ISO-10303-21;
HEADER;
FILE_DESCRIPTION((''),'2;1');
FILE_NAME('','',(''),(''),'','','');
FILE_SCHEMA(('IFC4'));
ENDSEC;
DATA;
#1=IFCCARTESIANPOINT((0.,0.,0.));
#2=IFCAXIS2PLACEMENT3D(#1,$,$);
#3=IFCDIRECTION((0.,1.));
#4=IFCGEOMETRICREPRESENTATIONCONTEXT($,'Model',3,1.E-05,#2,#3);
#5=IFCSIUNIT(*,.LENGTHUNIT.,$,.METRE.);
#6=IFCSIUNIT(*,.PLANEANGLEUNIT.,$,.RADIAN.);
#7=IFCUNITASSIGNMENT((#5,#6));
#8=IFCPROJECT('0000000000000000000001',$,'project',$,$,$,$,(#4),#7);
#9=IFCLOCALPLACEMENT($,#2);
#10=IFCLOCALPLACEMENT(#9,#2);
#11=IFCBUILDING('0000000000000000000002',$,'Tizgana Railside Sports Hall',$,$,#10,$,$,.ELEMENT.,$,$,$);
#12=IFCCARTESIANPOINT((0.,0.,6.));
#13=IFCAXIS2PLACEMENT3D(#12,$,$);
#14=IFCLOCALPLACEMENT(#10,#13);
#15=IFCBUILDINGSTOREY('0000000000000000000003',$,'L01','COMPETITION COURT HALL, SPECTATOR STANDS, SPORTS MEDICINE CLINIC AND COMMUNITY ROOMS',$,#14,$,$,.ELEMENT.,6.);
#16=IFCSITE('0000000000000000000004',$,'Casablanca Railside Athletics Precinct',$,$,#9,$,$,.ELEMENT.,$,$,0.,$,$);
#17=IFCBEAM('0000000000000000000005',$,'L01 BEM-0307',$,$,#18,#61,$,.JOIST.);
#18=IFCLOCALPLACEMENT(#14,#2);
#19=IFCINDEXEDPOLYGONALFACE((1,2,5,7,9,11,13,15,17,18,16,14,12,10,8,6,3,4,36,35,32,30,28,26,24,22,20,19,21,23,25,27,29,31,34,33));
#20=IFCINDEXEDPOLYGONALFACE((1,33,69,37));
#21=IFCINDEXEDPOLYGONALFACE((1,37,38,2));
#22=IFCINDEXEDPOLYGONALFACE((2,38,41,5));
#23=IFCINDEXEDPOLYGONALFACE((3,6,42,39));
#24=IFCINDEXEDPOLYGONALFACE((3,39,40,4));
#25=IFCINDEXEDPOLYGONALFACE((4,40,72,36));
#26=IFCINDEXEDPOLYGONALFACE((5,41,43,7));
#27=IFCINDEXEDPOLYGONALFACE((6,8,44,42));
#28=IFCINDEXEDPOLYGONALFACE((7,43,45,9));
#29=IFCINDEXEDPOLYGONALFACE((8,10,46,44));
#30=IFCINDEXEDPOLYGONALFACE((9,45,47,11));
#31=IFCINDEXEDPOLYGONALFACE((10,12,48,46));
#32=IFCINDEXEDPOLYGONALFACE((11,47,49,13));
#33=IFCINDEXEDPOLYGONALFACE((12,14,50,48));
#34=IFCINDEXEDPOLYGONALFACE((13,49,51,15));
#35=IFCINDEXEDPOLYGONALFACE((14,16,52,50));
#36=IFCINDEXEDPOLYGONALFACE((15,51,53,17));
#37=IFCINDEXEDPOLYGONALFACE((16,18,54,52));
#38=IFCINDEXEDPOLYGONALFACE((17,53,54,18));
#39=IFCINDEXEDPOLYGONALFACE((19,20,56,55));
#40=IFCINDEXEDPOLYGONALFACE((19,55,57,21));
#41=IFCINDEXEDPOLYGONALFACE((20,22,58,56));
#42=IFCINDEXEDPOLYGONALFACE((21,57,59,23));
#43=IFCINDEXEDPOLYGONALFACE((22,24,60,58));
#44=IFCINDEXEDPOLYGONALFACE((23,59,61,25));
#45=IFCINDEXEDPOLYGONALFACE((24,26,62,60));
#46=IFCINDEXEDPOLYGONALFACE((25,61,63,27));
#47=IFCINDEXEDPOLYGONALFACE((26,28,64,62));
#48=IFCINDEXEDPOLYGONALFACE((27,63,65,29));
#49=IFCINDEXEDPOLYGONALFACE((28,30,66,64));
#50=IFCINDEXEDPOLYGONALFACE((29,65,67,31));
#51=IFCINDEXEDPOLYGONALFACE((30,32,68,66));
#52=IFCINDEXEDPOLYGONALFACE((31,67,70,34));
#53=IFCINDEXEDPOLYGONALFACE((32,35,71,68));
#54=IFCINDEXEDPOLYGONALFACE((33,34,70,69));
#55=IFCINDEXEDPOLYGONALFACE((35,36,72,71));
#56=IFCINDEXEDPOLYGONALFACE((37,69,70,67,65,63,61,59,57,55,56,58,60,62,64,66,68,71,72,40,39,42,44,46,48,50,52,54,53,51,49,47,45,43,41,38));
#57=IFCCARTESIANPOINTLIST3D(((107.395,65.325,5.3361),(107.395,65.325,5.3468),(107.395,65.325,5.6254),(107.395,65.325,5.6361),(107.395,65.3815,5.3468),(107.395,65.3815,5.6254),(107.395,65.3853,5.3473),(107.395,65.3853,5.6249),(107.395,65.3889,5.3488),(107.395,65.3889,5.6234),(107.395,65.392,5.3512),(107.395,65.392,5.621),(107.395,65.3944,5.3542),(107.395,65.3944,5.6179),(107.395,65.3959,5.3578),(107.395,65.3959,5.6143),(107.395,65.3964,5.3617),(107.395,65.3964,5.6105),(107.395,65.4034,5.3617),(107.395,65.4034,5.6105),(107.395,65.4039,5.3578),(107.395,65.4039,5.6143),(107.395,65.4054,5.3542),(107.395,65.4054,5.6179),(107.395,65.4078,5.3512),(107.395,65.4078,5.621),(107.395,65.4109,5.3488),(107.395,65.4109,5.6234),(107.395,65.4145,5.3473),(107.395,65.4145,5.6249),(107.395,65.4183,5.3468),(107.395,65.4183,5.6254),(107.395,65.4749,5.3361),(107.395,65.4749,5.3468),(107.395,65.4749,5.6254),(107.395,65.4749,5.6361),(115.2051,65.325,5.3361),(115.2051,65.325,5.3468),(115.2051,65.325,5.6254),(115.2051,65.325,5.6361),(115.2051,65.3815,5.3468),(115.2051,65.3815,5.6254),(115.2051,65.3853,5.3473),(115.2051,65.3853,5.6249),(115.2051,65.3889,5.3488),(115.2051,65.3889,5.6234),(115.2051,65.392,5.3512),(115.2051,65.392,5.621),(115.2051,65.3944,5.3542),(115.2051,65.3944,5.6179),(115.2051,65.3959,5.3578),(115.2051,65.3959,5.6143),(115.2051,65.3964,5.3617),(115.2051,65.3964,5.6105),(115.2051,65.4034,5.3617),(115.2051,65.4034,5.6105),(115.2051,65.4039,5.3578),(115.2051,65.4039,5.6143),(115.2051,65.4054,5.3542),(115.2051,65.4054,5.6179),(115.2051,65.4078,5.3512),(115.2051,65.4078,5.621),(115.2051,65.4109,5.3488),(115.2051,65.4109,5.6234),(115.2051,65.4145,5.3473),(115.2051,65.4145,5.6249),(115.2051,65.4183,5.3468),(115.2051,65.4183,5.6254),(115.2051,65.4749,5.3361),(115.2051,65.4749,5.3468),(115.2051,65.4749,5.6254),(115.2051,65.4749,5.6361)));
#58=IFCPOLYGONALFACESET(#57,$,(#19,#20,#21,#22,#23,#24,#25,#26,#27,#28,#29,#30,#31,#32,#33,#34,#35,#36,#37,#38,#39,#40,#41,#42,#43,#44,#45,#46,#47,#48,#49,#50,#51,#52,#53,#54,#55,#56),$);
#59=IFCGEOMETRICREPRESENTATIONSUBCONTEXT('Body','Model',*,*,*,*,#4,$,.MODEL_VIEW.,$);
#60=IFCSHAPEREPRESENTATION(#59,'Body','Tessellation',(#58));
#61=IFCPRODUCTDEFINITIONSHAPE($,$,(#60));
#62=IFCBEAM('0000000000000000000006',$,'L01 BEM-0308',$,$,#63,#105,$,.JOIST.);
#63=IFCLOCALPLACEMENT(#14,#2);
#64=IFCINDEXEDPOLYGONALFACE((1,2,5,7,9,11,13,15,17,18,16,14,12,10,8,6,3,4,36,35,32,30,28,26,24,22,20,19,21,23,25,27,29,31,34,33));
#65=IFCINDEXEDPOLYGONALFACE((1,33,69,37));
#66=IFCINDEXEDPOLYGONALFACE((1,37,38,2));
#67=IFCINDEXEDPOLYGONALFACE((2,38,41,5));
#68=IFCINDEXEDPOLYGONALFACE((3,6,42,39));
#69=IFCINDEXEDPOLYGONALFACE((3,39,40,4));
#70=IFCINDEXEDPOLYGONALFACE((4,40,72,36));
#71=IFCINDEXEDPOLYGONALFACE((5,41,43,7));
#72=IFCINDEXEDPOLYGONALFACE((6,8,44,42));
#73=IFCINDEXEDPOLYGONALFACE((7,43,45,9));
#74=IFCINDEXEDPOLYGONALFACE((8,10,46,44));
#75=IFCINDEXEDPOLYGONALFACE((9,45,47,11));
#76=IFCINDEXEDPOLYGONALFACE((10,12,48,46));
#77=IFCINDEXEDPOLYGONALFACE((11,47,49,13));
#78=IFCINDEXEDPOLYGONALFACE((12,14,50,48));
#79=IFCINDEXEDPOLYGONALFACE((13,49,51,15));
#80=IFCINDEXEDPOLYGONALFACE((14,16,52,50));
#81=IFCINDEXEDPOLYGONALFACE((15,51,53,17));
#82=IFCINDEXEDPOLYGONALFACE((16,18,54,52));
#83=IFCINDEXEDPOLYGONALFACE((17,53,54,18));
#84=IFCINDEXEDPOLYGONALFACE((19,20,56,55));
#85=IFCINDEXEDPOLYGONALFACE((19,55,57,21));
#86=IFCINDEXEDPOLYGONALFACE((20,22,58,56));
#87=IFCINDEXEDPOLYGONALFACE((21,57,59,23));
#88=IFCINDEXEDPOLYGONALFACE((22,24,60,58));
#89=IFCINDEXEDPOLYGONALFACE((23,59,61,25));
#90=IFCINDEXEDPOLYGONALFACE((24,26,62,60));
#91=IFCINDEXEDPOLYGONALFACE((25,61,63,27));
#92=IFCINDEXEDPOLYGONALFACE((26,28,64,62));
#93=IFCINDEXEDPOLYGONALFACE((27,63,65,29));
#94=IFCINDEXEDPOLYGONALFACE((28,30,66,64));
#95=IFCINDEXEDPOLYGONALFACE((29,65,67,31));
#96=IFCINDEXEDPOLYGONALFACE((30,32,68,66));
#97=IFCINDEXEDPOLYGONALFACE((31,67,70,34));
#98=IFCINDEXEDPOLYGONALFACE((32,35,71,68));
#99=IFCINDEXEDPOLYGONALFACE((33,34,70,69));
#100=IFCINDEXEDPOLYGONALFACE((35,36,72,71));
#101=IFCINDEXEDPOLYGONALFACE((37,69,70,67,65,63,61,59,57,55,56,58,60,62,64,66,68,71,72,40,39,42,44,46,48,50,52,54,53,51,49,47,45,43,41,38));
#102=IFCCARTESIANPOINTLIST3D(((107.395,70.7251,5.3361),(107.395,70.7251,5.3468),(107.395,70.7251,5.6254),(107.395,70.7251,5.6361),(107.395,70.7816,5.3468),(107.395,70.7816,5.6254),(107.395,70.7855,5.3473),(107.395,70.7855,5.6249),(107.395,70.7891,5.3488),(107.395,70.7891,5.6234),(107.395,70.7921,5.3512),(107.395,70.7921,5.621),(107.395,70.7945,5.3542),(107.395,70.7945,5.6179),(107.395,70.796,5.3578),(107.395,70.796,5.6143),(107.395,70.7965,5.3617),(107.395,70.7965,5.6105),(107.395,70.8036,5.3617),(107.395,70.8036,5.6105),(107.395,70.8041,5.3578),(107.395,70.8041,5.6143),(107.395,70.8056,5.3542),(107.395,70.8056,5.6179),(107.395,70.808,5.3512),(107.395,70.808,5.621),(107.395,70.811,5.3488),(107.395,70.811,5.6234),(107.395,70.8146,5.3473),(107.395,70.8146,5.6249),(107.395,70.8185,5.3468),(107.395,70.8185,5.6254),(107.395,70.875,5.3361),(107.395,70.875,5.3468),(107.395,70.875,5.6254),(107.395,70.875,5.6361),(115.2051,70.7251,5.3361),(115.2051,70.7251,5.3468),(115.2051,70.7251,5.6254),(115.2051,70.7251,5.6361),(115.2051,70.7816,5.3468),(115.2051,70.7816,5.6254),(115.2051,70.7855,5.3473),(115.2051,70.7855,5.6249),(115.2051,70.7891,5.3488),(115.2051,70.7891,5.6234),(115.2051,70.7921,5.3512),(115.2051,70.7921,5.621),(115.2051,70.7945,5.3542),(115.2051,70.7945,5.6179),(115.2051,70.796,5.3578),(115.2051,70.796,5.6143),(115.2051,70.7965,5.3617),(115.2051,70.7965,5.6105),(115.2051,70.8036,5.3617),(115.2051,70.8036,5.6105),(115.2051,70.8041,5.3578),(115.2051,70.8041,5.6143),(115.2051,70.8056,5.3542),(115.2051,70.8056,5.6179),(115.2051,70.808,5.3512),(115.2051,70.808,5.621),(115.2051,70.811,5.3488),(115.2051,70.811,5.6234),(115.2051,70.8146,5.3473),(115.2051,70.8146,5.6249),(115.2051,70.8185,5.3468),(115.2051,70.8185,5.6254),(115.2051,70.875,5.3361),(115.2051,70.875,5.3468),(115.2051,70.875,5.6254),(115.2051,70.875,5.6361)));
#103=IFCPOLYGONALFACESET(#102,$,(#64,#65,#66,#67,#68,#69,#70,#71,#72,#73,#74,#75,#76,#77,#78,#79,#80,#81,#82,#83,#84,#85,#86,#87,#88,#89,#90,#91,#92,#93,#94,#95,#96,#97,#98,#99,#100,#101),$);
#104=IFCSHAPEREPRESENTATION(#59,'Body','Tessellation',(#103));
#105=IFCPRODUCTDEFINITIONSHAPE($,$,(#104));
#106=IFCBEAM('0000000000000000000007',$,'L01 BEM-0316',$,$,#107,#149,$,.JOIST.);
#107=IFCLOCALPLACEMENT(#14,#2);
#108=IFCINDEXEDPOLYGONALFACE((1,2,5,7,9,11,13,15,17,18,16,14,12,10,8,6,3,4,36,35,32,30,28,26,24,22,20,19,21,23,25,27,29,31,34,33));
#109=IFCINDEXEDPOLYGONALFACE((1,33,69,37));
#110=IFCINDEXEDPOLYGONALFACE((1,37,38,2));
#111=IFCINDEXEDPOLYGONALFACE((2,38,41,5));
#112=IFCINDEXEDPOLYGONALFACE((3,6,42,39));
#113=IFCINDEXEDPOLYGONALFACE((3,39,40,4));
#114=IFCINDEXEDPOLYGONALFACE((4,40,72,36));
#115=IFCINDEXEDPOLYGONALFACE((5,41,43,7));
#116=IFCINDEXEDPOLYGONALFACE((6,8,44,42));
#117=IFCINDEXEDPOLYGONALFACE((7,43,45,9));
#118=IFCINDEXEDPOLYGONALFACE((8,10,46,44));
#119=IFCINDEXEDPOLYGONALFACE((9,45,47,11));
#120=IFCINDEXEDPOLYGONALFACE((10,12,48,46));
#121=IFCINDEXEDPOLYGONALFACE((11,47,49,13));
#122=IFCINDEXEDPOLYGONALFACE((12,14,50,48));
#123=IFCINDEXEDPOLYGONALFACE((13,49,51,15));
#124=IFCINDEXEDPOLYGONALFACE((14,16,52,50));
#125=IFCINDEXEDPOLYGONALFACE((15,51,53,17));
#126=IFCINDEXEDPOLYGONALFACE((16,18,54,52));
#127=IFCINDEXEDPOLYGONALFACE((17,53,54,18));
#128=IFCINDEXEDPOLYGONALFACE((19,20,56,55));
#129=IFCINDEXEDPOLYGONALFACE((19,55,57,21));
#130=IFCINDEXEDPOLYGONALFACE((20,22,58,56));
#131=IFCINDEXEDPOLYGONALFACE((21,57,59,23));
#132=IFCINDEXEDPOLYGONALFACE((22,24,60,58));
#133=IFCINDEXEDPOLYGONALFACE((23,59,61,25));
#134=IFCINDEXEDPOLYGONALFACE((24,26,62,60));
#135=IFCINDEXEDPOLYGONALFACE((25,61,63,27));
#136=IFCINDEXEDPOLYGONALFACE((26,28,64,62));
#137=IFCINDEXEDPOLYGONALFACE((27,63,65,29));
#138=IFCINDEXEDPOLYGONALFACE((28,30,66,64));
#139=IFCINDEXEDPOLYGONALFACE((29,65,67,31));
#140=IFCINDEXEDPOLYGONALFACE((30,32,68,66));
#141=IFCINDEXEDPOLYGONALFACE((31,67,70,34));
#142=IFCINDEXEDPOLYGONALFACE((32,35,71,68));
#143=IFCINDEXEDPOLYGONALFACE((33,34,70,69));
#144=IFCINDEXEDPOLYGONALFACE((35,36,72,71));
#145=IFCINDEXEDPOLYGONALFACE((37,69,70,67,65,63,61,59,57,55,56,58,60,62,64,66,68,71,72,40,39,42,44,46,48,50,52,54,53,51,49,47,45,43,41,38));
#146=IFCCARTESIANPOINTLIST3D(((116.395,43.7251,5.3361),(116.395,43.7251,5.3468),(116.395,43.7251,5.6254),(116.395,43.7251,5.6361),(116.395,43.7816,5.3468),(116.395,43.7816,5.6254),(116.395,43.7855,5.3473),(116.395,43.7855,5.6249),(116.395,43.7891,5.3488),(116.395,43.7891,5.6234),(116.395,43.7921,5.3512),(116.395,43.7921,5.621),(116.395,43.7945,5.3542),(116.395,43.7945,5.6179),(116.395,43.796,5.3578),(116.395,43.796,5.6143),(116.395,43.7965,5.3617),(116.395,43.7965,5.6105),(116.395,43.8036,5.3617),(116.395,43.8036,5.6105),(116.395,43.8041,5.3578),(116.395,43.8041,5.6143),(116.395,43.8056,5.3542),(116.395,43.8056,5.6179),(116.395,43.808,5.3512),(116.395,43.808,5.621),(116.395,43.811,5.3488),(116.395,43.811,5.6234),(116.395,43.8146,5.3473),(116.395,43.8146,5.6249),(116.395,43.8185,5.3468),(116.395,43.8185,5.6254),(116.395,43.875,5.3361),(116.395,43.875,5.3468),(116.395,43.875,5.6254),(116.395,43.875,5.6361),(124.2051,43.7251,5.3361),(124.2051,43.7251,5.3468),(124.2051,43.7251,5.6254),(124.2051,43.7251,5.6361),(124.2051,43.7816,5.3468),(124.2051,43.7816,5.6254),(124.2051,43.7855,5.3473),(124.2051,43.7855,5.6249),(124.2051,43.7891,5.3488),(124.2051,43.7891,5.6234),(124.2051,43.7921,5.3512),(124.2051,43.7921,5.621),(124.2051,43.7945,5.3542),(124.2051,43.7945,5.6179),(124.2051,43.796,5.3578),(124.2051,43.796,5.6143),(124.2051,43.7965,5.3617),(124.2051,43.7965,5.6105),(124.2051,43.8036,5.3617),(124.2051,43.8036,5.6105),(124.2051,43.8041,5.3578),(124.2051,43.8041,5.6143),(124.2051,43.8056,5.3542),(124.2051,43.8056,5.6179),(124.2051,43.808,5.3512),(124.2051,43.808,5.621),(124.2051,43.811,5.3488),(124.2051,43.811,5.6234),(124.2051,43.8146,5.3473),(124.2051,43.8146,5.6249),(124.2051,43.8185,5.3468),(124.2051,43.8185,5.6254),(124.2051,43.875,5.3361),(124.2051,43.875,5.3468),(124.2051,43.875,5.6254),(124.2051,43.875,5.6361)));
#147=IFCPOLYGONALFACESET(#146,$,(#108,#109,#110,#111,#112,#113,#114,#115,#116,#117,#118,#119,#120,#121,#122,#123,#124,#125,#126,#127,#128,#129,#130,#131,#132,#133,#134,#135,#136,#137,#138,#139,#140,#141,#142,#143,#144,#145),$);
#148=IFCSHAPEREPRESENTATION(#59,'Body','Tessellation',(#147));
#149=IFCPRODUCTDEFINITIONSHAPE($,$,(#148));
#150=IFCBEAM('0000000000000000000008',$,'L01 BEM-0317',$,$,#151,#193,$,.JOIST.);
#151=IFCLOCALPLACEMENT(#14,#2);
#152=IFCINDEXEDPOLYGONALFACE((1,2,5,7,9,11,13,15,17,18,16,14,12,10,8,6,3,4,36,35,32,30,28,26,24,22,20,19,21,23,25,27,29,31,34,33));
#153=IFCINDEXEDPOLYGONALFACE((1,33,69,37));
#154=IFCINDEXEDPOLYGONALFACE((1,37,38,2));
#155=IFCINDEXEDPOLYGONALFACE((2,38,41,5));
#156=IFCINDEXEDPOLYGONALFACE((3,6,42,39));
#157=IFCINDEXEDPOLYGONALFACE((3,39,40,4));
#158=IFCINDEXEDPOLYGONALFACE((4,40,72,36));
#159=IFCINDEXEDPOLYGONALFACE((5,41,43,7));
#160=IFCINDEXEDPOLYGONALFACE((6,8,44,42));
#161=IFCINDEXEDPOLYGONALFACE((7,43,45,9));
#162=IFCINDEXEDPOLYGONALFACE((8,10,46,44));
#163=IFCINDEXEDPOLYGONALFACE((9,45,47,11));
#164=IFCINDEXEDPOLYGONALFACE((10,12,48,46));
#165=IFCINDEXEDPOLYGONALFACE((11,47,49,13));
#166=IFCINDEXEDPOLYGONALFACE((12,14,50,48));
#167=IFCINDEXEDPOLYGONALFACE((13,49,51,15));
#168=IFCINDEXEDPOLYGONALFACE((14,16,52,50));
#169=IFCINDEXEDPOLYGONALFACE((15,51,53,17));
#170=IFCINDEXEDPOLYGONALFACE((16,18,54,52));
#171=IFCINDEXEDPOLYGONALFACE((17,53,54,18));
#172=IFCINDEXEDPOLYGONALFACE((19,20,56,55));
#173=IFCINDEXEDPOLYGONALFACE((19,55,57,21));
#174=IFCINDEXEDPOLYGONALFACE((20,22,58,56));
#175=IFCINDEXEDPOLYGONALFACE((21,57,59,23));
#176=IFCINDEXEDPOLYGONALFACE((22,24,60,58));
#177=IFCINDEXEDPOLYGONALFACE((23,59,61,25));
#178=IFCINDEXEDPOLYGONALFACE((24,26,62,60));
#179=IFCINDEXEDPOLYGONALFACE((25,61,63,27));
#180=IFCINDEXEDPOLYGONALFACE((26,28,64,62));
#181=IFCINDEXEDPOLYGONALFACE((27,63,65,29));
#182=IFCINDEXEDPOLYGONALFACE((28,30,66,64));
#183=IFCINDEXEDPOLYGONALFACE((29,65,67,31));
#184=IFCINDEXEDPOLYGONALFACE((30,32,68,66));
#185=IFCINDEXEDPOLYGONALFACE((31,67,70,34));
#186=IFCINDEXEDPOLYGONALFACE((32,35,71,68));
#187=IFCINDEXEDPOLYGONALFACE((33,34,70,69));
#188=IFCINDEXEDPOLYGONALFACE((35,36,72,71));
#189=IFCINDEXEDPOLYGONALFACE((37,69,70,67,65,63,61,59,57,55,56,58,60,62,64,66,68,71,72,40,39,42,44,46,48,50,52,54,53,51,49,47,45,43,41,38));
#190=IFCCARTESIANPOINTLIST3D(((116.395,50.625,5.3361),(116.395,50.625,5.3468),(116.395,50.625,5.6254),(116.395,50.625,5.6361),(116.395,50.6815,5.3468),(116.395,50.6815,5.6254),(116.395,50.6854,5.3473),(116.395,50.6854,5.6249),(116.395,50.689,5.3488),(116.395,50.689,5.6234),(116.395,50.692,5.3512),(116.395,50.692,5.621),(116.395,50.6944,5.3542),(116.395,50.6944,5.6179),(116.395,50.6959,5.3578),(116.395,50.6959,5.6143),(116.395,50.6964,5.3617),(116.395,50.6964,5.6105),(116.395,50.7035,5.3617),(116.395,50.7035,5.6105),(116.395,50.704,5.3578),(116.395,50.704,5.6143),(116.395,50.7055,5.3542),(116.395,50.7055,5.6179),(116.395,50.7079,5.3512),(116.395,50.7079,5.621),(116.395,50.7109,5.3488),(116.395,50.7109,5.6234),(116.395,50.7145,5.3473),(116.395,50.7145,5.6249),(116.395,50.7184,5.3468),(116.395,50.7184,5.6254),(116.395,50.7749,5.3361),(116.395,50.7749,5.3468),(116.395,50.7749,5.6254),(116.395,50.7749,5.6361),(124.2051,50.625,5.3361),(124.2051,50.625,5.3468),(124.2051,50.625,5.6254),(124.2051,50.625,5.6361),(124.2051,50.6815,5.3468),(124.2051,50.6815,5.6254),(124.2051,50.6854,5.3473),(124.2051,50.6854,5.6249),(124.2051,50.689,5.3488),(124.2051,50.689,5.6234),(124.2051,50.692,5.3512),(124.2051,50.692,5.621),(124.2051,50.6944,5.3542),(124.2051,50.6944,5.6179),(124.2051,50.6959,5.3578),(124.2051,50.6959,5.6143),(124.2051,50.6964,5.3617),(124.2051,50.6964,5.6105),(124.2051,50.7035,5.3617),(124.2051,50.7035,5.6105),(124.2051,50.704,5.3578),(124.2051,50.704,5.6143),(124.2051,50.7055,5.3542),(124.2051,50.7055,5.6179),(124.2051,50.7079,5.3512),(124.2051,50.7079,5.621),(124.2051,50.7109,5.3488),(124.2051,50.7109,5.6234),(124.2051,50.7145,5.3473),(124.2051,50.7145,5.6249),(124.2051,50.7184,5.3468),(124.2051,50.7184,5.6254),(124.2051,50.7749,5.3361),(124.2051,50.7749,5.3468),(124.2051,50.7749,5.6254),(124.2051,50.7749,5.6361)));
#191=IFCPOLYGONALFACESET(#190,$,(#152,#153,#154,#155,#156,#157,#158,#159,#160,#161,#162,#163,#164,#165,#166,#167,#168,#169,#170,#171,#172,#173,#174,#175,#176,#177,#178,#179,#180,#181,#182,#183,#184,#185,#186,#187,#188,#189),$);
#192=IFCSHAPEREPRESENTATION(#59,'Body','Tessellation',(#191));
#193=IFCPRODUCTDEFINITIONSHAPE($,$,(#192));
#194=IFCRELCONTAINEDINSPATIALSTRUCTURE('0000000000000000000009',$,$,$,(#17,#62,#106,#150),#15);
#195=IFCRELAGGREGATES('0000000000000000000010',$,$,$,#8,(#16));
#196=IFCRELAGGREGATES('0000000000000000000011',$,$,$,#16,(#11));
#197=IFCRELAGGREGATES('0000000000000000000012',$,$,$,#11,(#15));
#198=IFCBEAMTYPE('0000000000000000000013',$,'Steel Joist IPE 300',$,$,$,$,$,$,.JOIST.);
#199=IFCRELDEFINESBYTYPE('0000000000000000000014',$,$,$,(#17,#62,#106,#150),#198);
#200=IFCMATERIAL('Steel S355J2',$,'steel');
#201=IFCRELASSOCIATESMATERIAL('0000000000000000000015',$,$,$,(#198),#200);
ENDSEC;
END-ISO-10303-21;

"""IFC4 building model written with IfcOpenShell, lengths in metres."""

from ifc_helpers import new_model, si_unit, direction, frame, origin, origin_2d, place, context, subcontext, project, spatial, i_section, extrude, material, material_profile, profile_set, type_object, element, save


model = new_model("IFC4")

# Units and contexts
model_context = context("Model", 3, precision=1e-05, world=origin(), true_north=direction((0.0, 1.0)))
body_context = subcontext(model_context, "Body", "Model", "MODEL_VIEW")
ifc_project = project(units=[si_unit("LENGTHUNIT", "METRE"), si_unit("PLANEANGLEUNIT", "RADIAN")], contexts=[model_context])

# Site, building, storey
site_placement = place(None, origin())
site = spatial("IfcSite", under=ifc_project, at=site_placement, Name="Casablanca Railside Athletics Precinct", CompositionType="ELEMENT", RefElevation=0.0)
building_placement = place(site_placement, origin())
building = spatial("IfcBuilding", under=site, at=building_placement, Name="Tizgana Railside Sports Hall", CompositionType="ELEMENT")
storey_placement = place(building_placement, frame((0.0, 0.0, 6.0)))
storey = spatial("IfcBuildingStorey", under=building, at=storey_placement, Name="L01", Description="COMPETITION COURT HALL, SPECTATOR STANDS, SPORTS MEDICINE CLINIC AND COMMUNITY ROOMS", CompositionType="ELEMENT", Elevation=6.0)

# Beams
ifc_material = material(Name="Steel S355J2", Category="steel")
ifc_material_profile_1 = material_profile(ifc_material, i_section(OverallWidth=0.1499, OverallDepth=0.3, WebThickness=0.0071, FlangeThickness=0.0107, FilletRadius=0.0149, at=origin_2d()), Name="IPE 300")
ifc_profile_set_1 = profile_set([ifc_material_profile_1], Name="Steel S355J2")
beam_type_1 = type_object("IfcBeamType", Name="Steel Joist IPE 300", PredefinedType="JOIST", material=ifc_profile_set_1)
for number, where, z_axis, x_axis, name in (
    (1, (107.395, 65.3999, 5.4861), (1.0, 0.0, 0.0), (0.0, 1.0, 0.0), "L01 BEM-0307"),
    (2, (107.395, 70.8, 5.4861), (1.0, 0.0, 0.0), (0.0, 1.0, 0.0), "L01 BEM-0308"),
    (3, (116.395, 43.8, 5.4861), (1.0, 0.0, 0.0), (0.0, 1.0, 0.0), "L01 BEM-0316"),
    (4, (116.395, 50.7, 5.4861), (1.0, 0.0, 0.0), (0.0, 1.0, 0.0), "L01 BEM-0317"),
):
    element("IfcBeam", number, at=place(storey_placement, frame(where, z_axis=z_axis, x_axis=x_axis)), inside=storey, type_object=beam_type_1, Name=name, PredefinedType="JOIST", context=body_context, shape_type="SweptSolid", body=[
        extrude(i_section(OverallWidth=0.1499, OverallDepth=0.3, WebThickness=0.0071, FlangeThickness=0.0107, FilletRadius=0.0149, at=origin_2d()), origin(), (0.0, 0.0, 1.0), 7.8101),
    ])

save(model, "model.ifc")
